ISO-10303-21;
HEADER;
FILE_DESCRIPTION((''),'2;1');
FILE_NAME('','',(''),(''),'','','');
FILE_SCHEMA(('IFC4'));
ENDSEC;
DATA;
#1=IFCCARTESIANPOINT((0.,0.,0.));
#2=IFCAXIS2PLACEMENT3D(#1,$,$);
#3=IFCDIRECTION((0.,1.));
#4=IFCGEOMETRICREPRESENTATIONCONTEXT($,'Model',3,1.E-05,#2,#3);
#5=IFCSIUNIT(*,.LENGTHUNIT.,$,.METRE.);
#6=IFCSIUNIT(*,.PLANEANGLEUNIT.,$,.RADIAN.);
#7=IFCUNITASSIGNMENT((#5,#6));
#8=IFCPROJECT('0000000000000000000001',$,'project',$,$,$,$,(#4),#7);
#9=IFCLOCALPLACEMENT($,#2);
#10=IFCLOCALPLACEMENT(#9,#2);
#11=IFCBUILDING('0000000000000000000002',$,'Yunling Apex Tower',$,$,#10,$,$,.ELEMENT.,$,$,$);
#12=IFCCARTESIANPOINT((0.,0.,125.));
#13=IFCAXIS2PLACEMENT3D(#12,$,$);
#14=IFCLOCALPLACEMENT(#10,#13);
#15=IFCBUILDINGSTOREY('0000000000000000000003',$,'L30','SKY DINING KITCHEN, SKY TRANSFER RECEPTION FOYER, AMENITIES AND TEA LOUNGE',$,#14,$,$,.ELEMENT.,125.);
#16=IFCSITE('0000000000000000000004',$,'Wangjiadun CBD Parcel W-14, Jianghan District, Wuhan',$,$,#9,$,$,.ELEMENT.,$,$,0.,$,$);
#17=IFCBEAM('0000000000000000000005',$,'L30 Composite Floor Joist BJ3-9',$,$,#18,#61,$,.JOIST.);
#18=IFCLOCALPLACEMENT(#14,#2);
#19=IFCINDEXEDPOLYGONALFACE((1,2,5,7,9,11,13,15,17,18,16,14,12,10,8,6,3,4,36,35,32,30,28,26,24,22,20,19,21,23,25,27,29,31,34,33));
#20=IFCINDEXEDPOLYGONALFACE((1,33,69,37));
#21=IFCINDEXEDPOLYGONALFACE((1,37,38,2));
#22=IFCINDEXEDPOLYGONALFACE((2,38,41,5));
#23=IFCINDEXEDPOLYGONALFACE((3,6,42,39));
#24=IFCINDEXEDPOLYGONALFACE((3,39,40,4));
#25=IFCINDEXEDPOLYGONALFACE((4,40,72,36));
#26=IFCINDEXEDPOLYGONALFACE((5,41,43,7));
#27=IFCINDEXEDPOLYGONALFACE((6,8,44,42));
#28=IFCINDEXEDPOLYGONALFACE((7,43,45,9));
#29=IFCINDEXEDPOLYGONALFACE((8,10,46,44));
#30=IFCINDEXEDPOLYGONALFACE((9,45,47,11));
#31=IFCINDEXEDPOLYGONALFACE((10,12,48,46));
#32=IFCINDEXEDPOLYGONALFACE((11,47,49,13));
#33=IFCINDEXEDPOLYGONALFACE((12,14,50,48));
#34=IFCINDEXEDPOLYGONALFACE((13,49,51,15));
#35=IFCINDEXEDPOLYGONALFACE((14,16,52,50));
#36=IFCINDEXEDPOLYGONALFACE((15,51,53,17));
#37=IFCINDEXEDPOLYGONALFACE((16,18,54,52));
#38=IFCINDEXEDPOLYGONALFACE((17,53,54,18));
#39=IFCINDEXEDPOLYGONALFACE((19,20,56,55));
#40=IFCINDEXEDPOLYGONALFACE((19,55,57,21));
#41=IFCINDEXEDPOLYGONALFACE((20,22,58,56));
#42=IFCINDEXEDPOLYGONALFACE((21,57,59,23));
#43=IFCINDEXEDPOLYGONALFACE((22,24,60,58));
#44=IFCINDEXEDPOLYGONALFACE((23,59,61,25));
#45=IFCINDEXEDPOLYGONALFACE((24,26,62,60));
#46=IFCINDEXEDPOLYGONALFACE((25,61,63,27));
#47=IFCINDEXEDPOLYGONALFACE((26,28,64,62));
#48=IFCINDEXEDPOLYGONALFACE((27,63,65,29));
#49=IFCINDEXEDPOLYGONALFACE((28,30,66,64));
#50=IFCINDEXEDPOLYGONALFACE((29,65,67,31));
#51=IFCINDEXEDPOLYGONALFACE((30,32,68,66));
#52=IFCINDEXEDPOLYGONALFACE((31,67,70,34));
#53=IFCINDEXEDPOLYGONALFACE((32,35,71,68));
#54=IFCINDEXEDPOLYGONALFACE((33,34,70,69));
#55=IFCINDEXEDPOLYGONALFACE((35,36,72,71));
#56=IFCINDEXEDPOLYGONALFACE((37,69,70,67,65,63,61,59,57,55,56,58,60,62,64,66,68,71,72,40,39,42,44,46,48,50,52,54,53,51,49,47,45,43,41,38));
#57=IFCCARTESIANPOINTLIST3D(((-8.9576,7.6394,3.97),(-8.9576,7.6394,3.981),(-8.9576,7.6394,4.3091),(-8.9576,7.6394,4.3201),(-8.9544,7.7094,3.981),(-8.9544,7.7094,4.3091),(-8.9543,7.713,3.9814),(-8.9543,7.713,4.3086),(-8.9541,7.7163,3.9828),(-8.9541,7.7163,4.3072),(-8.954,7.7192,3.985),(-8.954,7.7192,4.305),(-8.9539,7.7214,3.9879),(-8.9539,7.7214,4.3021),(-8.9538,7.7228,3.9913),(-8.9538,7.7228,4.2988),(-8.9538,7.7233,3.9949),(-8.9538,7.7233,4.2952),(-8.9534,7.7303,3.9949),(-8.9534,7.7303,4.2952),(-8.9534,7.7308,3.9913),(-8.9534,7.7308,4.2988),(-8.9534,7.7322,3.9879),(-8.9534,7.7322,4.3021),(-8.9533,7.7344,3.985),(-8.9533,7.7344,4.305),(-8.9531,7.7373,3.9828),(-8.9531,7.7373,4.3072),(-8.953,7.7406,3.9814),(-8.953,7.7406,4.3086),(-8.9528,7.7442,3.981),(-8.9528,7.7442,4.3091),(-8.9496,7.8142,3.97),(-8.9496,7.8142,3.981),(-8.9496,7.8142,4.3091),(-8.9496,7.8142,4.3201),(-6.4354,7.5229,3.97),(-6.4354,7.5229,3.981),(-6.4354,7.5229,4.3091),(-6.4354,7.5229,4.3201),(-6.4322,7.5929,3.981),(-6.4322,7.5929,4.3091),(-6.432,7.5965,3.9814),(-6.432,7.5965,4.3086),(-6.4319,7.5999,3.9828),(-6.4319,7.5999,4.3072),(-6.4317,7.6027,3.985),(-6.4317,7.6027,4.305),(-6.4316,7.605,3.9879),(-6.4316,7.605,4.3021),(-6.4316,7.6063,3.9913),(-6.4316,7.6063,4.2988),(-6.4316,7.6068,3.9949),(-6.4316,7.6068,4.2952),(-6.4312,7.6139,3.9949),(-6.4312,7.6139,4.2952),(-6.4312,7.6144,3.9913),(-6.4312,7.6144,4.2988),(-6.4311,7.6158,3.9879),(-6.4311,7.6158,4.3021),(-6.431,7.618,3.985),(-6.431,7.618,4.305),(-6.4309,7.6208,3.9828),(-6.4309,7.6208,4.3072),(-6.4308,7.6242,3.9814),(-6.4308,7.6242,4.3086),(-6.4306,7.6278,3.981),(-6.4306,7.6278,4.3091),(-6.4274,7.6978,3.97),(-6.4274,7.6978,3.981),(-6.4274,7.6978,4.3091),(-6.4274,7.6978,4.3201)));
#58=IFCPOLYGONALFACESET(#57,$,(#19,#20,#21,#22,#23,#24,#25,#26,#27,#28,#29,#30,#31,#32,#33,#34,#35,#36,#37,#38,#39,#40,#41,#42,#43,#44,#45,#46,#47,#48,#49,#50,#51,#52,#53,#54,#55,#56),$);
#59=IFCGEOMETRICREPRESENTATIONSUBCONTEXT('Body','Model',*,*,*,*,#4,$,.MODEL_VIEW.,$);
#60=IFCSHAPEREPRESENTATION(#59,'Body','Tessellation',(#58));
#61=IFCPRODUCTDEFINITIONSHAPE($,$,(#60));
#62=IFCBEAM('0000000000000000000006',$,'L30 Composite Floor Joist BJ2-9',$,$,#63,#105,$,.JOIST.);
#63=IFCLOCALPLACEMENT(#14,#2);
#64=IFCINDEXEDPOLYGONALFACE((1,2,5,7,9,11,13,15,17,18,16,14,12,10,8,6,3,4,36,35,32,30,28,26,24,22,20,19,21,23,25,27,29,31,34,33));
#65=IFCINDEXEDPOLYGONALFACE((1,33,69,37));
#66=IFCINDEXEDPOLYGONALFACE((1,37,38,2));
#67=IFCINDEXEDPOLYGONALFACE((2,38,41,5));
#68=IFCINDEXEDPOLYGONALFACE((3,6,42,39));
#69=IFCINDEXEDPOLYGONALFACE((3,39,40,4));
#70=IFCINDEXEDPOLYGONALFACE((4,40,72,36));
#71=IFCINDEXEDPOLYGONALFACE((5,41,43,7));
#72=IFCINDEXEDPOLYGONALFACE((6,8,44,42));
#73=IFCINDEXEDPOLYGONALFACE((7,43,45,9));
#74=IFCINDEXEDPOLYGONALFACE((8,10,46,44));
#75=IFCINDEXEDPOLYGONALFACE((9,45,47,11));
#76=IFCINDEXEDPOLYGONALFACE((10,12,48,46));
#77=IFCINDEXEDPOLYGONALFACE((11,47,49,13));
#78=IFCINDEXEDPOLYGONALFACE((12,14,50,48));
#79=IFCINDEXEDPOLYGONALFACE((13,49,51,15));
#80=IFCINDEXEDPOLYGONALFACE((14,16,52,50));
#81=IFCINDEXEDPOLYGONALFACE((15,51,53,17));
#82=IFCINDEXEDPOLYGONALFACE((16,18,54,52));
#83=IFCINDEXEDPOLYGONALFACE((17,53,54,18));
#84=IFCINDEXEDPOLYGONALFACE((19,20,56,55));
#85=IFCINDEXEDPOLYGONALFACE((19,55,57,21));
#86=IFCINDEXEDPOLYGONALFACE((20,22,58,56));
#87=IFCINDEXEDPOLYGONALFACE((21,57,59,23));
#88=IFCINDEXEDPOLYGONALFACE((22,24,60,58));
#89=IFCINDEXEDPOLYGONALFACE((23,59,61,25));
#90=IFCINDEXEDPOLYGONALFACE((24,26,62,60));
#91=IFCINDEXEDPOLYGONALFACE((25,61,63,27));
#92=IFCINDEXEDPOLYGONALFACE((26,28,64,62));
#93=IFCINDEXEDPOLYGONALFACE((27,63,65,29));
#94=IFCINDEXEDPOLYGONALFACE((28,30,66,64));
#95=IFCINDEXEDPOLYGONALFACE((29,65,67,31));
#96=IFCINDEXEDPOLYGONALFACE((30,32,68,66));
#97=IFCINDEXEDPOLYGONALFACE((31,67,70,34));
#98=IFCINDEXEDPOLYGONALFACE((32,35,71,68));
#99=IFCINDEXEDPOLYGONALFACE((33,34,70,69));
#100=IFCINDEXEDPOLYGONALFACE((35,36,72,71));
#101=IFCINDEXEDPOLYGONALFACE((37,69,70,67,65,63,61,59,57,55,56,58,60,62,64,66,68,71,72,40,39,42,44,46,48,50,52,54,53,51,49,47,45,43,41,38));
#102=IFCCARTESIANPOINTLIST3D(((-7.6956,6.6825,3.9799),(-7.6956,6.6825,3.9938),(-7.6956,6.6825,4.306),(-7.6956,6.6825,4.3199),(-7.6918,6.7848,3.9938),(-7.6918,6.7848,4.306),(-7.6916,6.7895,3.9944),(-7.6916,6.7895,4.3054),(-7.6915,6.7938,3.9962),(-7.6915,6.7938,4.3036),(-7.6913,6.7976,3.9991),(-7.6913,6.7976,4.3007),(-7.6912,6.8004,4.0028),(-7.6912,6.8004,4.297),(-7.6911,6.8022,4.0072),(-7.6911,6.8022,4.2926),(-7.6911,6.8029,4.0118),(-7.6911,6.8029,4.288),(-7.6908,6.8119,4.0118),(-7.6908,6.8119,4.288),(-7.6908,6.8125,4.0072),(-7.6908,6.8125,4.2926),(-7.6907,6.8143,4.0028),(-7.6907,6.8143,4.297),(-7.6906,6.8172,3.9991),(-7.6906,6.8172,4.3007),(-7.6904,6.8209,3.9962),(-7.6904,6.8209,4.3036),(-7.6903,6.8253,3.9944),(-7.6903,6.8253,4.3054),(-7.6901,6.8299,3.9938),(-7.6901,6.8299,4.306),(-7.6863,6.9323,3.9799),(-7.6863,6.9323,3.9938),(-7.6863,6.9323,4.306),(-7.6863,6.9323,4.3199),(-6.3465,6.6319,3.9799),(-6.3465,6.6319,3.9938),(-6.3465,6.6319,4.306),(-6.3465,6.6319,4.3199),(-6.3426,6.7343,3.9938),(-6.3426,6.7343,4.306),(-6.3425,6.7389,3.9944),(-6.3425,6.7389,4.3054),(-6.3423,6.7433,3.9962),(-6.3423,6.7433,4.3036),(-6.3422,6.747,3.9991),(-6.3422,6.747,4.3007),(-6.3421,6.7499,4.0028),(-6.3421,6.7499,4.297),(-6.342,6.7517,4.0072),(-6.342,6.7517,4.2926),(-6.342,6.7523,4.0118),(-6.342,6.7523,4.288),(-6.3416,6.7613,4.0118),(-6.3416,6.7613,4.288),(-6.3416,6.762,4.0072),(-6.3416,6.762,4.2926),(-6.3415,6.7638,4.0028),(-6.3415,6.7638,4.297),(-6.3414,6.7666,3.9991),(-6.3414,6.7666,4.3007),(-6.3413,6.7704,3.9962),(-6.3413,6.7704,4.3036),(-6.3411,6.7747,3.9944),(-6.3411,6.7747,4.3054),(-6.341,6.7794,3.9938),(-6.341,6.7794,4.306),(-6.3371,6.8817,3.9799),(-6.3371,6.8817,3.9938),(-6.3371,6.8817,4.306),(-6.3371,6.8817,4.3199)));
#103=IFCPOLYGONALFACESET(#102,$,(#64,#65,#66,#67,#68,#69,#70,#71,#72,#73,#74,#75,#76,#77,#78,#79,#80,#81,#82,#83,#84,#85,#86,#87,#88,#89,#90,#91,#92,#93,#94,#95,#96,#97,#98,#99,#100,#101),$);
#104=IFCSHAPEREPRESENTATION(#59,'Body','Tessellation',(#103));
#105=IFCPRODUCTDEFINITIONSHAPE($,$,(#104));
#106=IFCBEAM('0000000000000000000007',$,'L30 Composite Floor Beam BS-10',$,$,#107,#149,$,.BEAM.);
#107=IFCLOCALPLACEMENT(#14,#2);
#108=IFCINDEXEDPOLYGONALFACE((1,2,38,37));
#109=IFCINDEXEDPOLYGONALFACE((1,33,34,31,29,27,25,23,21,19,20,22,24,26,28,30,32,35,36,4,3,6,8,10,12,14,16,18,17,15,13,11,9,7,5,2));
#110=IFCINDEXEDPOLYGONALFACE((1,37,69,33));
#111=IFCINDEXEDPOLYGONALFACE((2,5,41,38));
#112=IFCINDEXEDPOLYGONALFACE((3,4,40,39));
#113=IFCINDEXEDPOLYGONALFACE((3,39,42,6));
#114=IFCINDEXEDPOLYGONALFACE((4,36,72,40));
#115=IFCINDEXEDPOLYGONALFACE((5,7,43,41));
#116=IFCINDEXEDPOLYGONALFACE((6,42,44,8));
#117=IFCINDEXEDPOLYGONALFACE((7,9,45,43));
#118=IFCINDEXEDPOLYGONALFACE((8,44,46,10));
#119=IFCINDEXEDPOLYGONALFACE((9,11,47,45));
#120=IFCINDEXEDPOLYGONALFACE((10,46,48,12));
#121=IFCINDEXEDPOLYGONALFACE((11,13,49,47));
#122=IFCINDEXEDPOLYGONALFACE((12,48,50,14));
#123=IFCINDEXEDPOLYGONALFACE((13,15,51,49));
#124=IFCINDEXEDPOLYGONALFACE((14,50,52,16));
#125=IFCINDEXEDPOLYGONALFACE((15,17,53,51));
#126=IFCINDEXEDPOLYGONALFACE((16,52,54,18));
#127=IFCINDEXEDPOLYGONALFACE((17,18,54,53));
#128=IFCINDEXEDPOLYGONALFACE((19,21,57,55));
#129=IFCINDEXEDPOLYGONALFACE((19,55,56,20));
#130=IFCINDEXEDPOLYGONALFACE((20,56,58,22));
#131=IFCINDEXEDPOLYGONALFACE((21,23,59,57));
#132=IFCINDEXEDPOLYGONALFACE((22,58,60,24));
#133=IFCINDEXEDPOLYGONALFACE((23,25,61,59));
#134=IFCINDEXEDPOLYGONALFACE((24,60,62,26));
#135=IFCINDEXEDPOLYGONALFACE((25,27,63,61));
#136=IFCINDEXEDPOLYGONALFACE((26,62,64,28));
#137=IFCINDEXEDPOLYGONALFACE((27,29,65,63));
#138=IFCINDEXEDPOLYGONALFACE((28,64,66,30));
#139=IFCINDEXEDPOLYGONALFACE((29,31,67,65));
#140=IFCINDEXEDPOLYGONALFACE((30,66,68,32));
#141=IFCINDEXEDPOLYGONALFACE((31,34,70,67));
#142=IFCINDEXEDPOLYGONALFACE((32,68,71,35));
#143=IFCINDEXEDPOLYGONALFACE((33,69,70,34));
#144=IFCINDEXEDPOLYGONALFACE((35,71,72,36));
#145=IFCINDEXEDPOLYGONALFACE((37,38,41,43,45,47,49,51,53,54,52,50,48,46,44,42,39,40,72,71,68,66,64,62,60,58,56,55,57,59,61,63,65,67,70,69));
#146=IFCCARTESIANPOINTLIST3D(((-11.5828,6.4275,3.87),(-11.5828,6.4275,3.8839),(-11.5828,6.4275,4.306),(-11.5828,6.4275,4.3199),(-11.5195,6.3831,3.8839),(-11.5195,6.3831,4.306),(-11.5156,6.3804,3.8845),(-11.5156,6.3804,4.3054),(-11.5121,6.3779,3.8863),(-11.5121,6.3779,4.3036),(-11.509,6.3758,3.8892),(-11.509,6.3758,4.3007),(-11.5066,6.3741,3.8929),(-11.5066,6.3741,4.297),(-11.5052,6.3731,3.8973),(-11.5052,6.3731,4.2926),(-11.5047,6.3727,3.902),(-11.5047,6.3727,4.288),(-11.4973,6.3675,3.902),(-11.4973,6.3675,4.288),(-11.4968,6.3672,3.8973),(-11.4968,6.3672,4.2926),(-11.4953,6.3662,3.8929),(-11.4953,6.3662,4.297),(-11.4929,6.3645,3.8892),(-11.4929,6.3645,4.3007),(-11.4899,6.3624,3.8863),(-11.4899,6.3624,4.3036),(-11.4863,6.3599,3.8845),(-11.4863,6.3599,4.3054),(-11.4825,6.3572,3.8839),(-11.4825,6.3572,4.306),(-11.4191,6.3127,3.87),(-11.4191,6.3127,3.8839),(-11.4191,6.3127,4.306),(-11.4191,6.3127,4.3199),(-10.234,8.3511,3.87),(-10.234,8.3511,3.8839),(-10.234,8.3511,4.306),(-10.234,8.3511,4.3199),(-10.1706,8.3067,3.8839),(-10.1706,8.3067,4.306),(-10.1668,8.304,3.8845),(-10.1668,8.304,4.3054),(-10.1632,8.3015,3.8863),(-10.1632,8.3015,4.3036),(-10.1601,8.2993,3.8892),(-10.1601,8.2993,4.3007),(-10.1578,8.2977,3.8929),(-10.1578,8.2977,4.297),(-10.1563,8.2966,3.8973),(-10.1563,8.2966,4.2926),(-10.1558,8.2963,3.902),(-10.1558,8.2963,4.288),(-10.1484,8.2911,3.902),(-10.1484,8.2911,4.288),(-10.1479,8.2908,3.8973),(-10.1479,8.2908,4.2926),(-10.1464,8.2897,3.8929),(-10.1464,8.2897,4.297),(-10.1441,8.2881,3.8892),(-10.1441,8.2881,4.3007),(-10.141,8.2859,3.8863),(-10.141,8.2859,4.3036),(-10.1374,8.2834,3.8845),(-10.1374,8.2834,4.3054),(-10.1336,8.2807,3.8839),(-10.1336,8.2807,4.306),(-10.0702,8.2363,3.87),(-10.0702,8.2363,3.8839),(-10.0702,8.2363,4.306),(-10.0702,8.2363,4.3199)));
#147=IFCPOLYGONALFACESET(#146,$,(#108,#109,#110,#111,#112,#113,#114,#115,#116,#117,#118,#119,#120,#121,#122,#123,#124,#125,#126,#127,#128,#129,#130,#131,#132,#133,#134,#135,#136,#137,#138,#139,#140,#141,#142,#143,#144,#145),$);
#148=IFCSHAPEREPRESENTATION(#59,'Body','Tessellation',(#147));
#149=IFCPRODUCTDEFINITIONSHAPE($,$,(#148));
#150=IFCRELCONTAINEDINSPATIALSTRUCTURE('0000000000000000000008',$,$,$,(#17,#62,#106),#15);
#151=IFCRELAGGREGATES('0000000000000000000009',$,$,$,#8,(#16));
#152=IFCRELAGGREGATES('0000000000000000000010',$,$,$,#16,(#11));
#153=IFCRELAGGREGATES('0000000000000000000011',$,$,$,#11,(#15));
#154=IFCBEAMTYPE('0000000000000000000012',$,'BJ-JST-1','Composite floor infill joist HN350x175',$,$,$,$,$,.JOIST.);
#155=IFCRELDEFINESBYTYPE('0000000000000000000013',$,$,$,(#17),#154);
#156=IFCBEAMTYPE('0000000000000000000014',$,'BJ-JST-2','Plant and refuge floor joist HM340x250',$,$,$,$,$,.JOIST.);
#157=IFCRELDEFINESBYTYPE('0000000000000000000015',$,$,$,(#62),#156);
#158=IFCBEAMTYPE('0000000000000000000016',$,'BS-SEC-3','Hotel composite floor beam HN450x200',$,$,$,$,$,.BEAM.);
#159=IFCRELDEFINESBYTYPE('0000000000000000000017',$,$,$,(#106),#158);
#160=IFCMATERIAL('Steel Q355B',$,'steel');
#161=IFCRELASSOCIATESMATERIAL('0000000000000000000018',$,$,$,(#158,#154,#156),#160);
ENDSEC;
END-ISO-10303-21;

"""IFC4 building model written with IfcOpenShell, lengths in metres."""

from ifc_helpers import new_model, si_unit, direction, frame, origin, origin_2d, place, context, subcontext, project, spatial, i_section, extrude, source, transform, mapped, material, material_profile, profile_set, type_object, element, save


model = new_model("IFC4")

# Units and contexts
model_context = context("Model", 3, precision=1e-05, world=origin(), true_north=direction((0.0, 1.0)))
body_context = subcontext(model_context, "Body", "Model", "MODEL_VIEW")
ifc_project = project(units=[si_unit("LENGTHUNIT", "METRE"), si_unit("PLANEANGLEUNIT", "RADIAN")], contexts=[model_context])

# Site, building, storey
site_placement = place(None, origin())
site = spatial("IfcSite", under=ifc_project, at=site_placement, Name="Wangjiadun CBD Parcel W-14, Jianghan District, Wuhan", CompositionType="ELEMENT", RefElevation=0.0)
building_placement = place(site_placement, origin())
building = spatial("IfcBuilding", under=site, at=building_placement, Name="Yunling Apex Tower", CompositionType="ELEMENT")
storey_placement = place(building_placement, frame((0.0, 0.0, 125.0)))
storey = spatial("IfcBuildingStorey", under=building, at=storey_placement, Name="L30", Description="SKY DINING KITCHEN, SKY TRANSFER RECEPTION FOYER, AMENITIES AND TEA LOUNGE", CompositionType="ELEMENT", Elevation=125.0)

# Beams
ifc_material_1 = material(Name="Steel Q355B", Category="steel")
ifc_material_profile_1 = material_profile(ifc_material_1, i_section(OverallWidth=0.2, OverallDepth=0.45, WebThickness=0.009, FlangeThickness=0.0139, FilletRadius=0.0181, at=origin_2d()))
ifc_profile_set_1 = profile_set([ifc_material_profile_1], Name="Steel Q355B")
beam_type_1 = type_object("IfcBeamType", Name="BS-SEC-3", Description="Hotel composite floor beam HN450x200", PredefinedType="BEAM", material=ifc_profile_set_1)
ifc_material_profile_2 = material_profile(ifc_material_1, i_section(OverallWidth=0.175, OverallDepth=0.3501, WebThickness=0.0071, FlangeThickness=0.011, FilletRadius=0.0139, at=origin_2d()))
ifc_profile_set_2 = profile_set([ifc_material_profile_2], Name="Steel Q355B")
beam_type_2 = type_object("IfcBeamType", Name="BJ-JST-1", Description="Composite floor infill joist HN350x175", PredefinedType="JOIST", material=ifc_profile_set_2)
shared_shape_1 = source(origin(), body_context, "Body", "SweptSolid", [
    extrude(i_section(OverallWidth=0.175, OverallDepth=0.3501, WebThickness=0.0071, FlangeThickness=0.011, FilletRadius=0.0139, at=origin_2d()), origin(), (0.0, 0.0, 1.0), 2.5249),
])
beam_1_placement = place(storey_placement, frame((-6.4314, 7.6104, 4.145), z_axis=(-0.998936, 0.046123, 0.0), x_axis=(-0.046123, -0.998936, 0.0)))
element("IfcBeam", 1, at=beam_1_placement, inside=storey, type_object=beam_type_2, Name="L30 Composite Floor Joist BJ3-9", PredefinedType="JOIST", context=body_context, shape_type="MappedRepresentation", body=[
    mapped(shared_shape_1, transform((0.0, 0.0, 0.0), scale=1.0)),
])
ifc_material_profile_3 = material_profile(ifc_material_1, i_section(OverallWidth=0.25, OverallDepth=0.3401, WebThickness=0.009, FlangeThickness=0.0139, FilletRadius=0.0181, at=origin_2d()))
ifc_profile_set_3 = profile_set([ifc_material_profile_3], Name="Steel Q355B")
beam_type_3 = type_object("IfcBeamType", Name="BJ-JST-2", Description="Plant and refuge floor joist HM340x250", PredefinedType="JOIST", material=ifc_profile_set_3)
shared_shape_2 = source(origin(), body_context, "Body", "SweptSolid", [
    extrude(i_section(OverallWidth=0.25, OverallDepth=0.3401, WebThickness=0.009, FlangeThickness=0.0139, FilletRadius=0.0181, at=origin_2d()), origin(), (0.0, 0.0, 1.0), 1.3501),
])
beam_2_placement = place(storey_placement, frame((-6.3418, 6.7568, 4.1499), z_axis=(-0.999299, 0.037433, 0.0), x_axis=(-0.037433, -0.999299, 0.0)))
element("IfcBeam", 2, at=beam_2_placement, inside=storey, type_object=beam_type_3, Name="L30 Composite Floor Joist BJ2-9", PredefinedType="JOIST", context=body_context, shape_type="MappedRepresentation", body=[
    mapped(shared_shape_2, transform((0.0, 0.0, 0.0), scale=1.0)),
])
shared_shape_3 = source(origin(), body_context, "Body", "SweptSolid", [
    extrude(i_section(OverallWidth=0.2, OverallDepth=0.45, WebThickness=0.009, FlangeThickness=0.0139, FilletRadius=0.0181, at=origin_2d()), origin(), (0.0, 0.0, 1.0), 2.3494),
])
beam_3_placement = place(storey_placement, frame((-10.1521, 8.2937, 4.095), z_axis=(-0.574139, -0.818758, 0.0), x_axis=(0.818758, -0.574139, 0.0)))
element("IfcBeam", 3, at=beam_3_placement, inside=storey, type_object=beam_type_1, Name="L30 Composite Floor Beam BS-10", PredefinedType="BEAM", context=body_context, shape_type="MappedRepresentation", body=[
    mapped(shared_shape_3, transform((0.0, 0.0, 0.0), scale=1.0)),
])

save(model, "model.ifc")
